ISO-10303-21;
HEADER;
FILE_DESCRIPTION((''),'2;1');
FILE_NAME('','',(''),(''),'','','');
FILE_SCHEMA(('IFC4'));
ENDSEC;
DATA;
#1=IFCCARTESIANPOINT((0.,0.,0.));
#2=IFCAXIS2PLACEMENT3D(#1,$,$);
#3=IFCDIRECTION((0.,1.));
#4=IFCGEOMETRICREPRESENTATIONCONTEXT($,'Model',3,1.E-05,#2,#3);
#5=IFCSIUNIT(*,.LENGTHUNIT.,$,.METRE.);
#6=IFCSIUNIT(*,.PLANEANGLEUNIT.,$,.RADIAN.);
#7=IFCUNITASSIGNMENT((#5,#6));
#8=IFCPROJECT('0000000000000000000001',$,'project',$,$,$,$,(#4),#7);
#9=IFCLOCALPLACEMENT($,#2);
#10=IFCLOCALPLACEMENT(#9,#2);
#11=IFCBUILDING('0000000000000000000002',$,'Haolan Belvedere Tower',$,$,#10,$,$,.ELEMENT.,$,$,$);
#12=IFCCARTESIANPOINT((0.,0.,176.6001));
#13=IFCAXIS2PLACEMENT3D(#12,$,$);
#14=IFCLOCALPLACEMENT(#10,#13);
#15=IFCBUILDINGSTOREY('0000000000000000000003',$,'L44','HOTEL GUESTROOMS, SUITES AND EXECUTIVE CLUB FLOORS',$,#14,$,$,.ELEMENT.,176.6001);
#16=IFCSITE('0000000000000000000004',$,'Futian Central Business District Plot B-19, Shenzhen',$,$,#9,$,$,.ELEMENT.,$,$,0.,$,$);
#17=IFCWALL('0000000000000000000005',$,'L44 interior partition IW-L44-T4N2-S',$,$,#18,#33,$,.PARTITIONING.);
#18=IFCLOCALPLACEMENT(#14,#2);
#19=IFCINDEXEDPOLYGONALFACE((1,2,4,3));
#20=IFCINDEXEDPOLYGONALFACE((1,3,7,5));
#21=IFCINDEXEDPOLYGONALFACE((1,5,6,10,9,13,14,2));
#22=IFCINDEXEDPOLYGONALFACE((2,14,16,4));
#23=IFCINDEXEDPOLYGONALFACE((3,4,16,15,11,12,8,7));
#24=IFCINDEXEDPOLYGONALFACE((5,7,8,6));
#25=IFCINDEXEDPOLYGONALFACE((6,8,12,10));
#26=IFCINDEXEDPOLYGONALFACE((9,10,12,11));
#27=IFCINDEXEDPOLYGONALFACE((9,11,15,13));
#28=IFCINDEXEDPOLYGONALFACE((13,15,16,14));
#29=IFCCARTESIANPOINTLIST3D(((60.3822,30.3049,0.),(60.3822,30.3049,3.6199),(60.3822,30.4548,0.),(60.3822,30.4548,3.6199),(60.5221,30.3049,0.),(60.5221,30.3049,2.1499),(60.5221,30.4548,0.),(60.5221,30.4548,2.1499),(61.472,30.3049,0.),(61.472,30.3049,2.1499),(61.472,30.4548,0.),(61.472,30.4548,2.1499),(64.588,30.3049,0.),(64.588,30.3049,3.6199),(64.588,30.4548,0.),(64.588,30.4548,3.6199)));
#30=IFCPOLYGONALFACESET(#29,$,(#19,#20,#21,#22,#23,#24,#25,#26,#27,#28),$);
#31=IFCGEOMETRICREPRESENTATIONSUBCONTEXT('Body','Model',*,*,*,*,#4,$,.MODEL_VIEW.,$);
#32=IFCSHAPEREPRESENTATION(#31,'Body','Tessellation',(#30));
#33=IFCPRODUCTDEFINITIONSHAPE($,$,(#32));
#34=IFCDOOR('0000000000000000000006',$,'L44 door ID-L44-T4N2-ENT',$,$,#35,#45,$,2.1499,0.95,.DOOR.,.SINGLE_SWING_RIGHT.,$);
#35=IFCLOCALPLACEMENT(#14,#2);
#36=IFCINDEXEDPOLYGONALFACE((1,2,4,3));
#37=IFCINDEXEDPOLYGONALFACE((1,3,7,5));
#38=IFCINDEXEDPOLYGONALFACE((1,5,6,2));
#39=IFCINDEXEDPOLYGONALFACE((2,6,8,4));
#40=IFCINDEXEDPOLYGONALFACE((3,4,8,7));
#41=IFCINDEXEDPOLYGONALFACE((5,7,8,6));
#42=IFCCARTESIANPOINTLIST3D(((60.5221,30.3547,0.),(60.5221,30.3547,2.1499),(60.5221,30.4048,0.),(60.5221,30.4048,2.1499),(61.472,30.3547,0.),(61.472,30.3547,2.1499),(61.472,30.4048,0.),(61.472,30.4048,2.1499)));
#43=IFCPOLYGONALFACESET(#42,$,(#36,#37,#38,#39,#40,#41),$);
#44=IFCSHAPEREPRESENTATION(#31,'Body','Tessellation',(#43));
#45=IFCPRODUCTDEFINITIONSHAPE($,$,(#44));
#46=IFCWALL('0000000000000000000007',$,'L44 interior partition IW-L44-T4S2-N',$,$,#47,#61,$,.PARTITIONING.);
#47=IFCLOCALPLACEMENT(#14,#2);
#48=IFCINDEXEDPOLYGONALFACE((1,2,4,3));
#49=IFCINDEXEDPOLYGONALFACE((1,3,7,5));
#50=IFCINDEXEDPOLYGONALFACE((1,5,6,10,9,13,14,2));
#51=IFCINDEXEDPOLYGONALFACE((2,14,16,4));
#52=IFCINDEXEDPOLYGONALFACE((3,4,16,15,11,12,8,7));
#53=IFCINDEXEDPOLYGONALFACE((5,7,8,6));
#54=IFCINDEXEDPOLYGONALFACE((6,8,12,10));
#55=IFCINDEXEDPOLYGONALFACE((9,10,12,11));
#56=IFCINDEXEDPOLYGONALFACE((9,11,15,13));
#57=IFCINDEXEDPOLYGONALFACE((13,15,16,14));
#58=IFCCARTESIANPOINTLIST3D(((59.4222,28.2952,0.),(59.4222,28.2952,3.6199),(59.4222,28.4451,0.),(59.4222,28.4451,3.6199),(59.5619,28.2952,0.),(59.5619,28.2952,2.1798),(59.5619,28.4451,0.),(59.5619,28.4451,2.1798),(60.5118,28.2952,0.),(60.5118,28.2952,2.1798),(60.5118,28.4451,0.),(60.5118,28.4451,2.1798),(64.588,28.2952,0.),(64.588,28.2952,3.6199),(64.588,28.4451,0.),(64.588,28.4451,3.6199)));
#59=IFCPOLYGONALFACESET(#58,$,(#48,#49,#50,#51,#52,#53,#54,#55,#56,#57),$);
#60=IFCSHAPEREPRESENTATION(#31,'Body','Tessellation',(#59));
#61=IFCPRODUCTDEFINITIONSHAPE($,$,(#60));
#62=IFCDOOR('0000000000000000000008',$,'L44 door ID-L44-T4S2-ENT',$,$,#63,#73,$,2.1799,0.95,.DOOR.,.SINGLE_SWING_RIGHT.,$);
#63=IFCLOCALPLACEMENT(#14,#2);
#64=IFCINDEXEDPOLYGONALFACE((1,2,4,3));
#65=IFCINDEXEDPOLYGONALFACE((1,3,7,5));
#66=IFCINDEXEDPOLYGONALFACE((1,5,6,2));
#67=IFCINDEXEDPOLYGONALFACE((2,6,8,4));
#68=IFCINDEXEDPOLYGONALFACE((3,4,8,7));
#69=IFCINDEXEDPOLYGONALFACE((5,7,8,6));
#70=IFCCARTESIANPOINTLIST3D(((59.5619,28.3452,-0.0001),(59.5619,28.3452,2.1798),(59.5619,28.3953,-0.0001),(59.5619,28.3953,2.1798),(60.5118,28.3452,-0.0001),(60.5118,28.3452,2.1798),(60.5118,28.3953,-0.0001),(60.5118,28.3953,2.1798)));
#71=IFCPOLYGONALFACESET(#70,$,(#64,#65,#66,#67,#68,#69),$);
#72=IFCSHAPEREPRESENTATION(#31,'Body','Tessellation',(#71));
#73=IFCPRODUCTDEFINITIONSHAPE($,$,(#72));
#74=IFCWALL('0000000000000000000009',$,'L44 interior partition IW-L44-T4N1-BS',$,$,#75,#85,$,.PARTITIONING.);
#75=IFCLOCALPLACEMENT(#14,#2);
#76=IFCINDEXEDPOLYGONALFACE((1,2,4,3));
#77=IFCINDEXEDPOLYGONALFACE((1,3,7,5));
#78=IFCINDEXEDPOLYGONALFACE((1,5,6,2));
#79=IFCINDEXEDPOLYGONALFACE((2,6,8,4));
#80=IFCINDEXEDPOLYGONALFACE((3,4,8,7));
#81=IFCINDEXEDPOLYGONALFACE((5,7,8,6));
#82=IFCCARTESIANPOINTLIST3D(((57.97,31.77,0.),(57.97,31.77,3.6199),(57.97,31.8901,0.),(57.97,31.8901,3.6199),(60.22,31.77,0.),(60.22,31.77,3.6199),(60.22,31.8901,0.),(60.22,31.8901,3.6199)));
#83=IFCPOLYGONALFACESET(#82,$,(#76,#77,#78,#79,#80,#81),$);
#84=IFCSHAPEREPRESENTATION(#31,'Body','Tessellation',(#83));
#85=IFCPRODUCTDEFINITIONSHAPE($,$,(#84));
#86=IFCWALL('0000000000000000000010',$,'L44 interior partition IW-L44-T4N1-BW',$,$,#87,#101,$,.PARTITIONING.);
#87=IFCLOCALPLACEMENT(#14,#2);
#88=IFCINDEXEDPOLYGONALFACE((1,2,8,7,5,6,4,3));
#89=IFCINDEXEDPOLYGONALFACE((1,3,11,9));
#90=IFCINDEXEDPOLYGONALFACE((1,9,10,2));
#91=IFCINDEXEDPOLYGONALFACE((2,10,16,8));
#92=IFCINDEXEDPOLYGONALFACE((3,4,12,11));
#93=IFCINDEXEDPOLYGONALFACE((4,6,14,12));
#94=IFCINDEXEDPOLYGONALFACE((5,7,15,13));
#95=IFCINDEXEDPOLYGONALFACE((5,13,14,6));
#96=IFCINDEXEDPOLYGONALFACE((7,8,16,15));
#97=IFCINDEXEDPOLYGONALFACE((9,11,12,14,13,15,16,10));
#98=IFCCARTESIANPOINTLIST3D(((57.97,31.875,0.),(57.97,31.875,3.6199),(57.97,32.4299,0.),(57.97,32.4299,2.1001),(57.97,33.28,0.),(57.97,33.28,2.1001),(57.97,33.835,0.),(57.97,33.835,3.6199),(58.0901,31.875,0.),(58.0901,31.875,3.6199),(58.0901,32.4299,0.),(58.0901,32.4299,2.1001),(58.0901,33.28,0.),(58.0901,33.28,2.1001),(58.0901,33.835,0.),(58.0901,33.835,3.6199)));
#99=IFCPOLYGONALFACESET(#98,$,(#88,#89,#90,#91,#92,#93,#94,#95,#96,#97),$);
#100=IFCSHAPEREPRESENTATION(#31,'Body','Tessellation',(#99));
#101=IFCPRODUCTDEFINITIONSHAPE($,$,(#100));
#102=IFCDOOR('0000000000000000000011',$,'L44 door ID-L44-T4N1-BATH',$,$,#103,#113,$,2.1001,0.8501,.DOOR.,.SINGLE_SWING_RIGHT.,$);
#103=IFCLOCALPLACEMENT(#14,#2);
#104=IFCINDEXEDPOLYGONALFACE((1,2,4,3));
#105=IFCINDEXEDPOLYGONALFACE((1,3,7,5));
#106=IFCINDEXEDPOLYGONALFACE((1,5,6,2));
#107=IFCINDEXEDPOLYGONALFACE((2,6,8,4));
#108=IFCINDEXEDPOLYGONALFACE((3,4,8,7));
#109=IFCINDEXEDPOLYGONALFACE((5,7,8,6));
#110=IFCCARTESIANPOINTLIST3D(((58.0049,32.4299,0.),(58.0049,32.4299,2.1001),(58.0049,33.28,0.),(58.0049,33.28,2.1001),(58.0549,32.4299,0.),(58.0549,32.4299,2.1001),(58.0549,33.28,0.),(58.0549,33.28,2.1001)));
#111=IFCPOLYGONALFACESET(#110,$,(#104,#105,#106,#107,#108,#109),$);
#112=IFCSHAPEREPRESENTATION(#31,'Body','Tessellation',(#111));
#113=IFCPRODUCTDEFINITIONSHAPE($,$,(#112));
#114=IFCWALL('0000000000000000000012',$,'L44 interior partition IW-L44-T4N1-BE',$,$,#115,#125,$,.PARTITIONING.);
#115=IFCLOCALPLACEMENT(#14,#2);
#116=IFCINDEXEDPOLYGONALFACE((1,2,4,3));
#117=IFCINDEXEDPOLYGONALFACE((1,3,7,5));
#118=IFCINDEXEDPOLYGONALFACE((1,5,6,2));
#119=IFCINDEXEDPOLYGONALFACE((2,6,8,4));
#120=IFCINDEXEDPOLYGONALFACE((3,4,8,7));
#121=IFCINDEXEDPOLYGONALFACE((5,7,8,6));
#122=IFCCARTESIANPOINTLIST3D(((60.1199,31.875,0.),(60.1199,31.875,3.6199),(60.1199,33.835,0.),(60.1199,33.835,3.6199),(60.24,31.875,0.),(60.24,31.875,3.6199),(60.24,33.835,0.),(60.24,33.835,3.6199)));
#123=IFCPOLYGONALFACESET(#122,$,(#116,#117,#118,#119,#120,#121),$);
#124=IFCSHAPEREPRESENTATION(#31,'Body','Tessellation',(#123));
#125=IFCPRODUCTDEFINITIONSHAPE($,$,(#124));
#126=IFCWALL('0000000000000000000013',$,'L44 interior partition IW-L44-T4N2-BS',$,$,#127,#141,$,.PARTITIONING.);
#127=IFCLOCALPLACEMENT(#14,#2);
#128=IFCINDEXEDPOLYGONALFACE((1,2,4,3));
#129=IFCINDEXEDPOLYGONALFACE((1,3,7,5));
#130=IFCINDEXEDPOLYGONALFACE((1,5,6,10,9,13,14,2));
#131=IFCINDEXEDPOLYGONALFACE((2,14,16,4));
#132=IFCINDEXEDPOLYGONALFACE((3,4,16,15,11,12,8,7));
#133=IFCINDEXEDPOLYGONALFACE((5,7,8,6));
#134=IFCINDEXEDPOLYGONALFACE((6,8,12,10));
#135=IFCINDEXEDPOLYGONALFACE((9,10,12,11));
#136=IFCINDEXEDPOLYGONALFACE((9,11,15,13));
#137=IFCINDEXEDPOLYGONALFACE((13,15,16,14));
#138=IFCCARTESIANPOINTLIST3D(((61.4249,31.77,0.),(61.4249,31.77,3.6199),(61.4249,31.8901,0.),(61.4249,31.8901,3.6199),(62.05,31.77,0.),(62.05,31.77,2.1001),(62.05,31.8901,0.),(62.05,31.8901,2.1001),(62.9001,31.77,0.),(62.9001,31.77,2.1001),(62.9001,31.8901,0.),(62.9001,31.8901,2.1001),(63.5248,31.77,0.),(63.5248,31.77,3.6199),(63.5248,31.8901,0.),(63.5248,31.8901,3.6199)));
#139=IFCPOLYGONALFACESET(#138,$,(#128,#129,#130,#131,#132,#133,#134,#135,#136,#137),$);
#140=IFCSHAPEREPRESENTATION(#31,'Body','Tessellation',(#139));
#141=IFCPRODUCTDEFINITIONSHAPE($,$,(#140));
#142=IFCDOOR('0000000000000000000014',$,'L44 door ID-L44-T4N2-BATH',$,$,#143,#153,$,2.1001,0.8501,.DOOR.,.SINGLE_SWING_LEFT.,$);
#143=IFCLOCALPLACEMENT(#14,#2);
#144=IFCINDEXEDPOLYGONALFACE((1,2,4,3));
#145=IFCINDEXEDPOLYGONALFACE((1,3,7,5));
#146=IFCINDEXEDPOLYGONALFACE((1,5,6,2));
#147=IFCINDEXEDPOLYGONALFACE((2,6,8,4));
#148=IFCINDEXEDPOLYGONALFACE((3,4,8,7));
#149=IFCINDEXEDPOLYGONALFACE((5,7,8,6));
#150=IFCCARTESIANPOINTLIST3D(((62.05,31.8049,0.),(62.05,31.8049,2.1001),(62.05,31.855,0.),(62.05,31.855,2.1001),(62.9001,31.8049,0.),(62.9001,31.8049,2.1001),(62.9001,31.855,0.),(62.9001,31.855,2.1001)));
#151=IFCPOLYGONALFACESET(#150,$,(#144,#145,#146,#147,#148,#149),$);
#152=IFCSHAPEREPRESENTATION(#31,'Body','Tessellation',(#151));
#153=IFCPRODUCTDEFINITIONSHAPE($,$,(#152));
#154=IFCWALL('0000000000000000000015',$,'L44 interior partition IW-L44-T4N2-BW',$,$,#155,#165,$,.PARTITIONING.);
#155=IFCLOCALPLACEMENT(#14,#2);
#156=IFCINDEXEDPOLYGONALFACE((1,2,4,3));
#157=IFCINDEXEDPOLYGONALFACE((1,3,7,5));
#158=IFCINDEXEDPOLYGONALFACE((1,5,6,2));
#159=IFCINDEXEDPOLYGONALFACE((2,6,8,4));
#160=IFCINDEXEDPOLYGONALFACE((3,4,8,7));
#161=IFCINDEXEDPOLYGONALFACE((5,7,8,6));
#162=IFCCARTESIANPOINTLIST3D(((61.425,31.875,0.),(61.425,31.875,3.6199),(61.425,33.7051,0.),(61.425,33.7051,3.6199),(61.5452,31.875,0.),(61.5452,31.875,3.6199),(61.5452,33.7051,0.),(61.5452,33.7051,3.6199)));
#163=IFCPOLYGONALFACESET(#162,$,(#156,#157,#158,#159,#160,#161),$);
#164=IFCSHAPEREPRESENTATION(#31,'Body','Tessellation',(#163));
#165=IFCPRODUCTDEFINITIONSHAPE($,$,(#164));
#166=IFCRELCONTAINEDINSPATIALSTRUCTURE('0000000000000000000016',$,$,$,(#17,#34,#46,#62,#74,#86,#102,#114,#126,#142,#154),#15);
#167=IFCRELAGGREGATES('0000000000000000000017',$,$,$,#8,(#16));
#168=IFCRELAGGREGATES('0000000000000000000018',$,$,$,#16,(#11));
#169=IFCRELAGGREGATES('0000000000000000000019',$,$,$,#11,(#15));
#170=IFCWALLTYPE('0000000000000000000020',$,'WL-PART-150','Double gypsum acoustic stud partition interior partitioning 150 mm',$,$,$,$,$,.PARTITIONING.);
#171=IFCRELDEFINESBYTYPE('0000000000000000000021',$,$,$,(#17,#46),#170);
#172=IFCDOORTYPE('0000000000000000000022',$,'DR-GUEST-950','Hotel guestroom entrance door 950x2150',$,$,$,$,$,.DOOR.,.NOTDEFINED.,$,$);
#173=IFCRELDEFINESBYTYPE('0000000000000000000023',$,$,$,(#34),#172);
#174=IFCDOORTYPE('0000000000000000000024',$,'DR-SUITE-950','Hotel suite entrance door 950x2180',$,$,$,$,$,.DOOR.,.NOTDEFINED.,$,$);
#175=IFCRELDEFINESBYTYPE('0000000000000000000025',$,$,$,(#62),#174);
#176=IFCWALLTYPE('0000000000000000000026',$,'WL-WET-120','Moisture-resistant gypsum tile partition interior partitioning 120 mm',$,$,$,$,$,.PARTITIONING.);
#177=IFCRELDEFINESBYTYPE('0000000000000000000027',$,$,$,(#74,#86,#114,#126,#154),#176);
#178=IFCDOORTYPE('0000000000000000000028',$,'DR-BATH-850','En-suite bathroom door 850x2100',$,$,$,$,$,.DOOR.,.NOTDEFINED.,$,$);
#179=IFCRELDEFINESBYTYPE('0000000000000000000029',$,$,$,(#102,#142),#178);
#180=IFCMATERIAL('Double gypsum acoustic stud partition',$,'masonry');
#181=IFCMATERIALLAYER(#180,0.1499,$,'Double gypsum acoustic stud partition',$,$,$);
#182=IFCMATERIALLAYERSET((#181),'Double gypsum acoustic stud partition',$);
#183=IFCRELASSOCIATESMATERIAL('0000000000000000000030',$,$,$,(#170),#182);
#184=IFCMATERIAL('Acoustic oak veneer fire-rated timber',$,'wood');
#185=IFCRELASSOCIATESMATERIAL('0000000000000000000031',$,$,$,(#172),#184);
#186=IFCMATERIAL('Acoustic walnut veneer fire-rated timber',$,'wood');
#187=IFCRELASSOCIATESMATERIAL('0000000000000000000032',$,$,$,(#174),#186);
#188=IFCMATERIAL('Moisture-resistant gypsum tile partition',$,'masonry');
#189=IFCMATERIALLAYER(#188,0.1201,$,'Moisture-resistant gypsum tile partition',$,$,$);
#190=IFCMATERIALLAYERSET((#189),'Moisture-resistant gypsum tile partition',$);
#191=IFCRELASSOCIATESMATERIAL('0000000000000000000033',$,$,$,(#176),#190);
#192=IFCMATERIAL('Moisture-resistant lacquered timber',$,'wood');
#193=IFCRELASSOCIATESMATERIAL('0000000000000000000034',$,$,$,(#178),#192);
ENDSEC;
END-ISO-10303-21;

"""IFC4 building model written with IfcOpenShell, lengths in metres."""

from ifc_helpers import new_model, si_unit, direction, frame, frame_2d, origin, place, context, subcontext, project, spatial, rectangle, extrude, material, layer, layer_set, type_object, element, fill, save


model = new_model("IFC4")

# Units and contexts
model_context = context("Model", 3, precision=1e-05, world=origin(), true_north=direction((0.0, 1.0)))
body_context = subcontext(model_context, "Body", "Model", "MODEL_VIEW")
ifc_project = project(units=[si_unit("LENGTHUNIT", "METRE"), si_unit("PLANEANGLEUNIT", "RADIAN")], contexts=[model_context])

# Site, building, storey
site_placement = place(None, origin())
site = spatial("IfcSite", under=ifc_project, at=site_placement, Name="Futian Central Business District Plot B-19, Shenzhen", CompositionType="ELEMENT", RefElevation=0.0)
building_placement = place(site_placement, origin())
building = spatial("IfcBuilding", under=site, at=building_placement, Name="Haolan Belvedere Tower", CompositionType="ELEMENT")
storey_placement = place(building_placement, frame((0.0, 0.0, 176.6001)))
storey = spatial("IfcBuildingStorey", under=building, at=storey_placement, Name="L44", Description="HOTEL GUESTROOMS, SUITES AND EXECUTIVE CLUB FLOORS", CompositionType="ELEMENT", Elevation=176.6001)

# Shared definitions
ifc_material_1 = material(Name="Double gypsum acoustic stud partition", Category="masonry")
ifc_layer_1 = layer(ifc_material_1, 0.1499, Name="Double gypsum acoustic stud partition")
ifc_layer_set_1 = layer_set([ifc_layer_1], Name="Double gypsum acoustic stud partition")
wall_type_1 = type_object("IfcWallType", Name="WL-PART-150", Description="Double gypsum acoustic stud partition interior partitioning 150 mm", PredefinedType="PARTITIONING", material=ifc_layer_set_1)

# Walls, openings, doors
wall_1_placement = place(storey_placement, frame((60.3821, 30.3799, 0.0), z_axis=(0.0, 0.0, 1.0), x_axis=(1.0, 0.0, 0.0)))
wall_1 = element("IfcWall", 1, at=wall_1_placement, inside=storey, type_object=wall_type_1, Name="L44 interior partition IW-L44-T4N2-S", PredefinedType="PARTITIONING", context=body_context, shape_type="SweptSolid", body=[
    extrude(rectangle(XDim=4.2058, YDim=0.1499, at=frame_2d((2.103, 0.0))), origin(), (0.0, 0.0, 1.0), 3.6199),
])
opening_1_placement = place(wall_1_placement, frame((0.1399, 0.0, 0.0)))
opening_1 = element("IfcOpeningElement", 2, at=opening_1_placement, cuts=wall_1, PredefinedType="OPENING", context=body_context, shape_type="SweptSolid", body=[
    extrude(rectangle(XDim=0.95, YDim=2.1499, at=frame_2d((0.4751, 1.075))), frame((0.0, 0.085, 0.0), z_axis=(0.0, -1.0, 0.0), x_axis=(1.0, 0.0, 0.0)), (0.0, 0.0, 1.0), 0.1699),
])
ifc_material_2 = material(Name="Acoustic oak veneer fire-rated timber", Category="wood")
door_type_1 = type_object("IfcDoorType", Name="DR-GUEST-950", Description="Hotel guestroom entrance door 950x2150", OperationType="NOTDEFINED", PredefinedType="DOOR", material=ifc_material_2)
door_1_placement = place(opening_1_placement, origin())
door_1 = element("IfcDoor", 3, at=door_1_placement, inside=storey, type_object=door_type_1, Name="L44 door ID-L44-T4N2-ENT", OperationType="SINGLE_SWING_RIGHT", OverallHeight=2.1499, OverallWidth=0.95, PredefinedType="DOOR", context=body_context, shape_type="SweptSolid", body=[
    extrude(rectangle(XDim=0.95, YDim=2.1499, at=frame_2d((0.4751, 1.075))), frame((0.0, 0.0249, 0.0), z_axis=(0.0, -1.0, 0.0), x_axis=(1.0, 0.0, 0.0)), (0.0, 0.0, 1.0), 0.05),
])
fill(opening_1, door_1)
wall_2_placement = place(storey_placement, frame((59.4221, 28.3701, 0.0), z_axis=(0.0, 0.0, 1.0), x_axis=(1.0, 0.0, 0.0)))
wall_2 = element("IfcWall", 4, at=wall_2_placement, inside=storey, type_object=wall_type_1, Name="L44 interior partition IW-L44-T4S2-N", PredefinedType="PARTITIONING", context=body_context, shape_type="SweptSolid", body=[
    extrude(rectangle(XDim=5.1658, YDim=0.1499, at=frame_2d((2.583, 0.0))), origin(), (0.0, 0.0, 1.0), 3.6199),
])
opening_2_placement = place(wall_2_placement, frame((1.0898, 0.0, 0.0), z_axis=(0.0, 0.0, 1.0), x_axis=(-1.0, 0.0, 0.0)))
opening_2 = element("IfcOpeningElement", 5, at=opening_2_placement, cuts=wall_2, PredefinedType="OPENING", context=body_context, shape_type="SweptSolid", body=[
    extrude(rectangle(XDim=0.95, YDim=2.1799, at=frame_2d((0.4751, 1.0898))), frame((0.0, 0.085, 0.0), z_axis=(0.0, -1.0, 0.0), x_axis=(1.0, 0.0, 0.0)), (0.0, 0.0, 1.0), 0.1699),
])
ifc_material_3 = material(Name="Acoustic walnut veneer fire-rated timber", Category="wood")
door_type_2 = type_object("IfcDoorType", Name="DR-SUITE-950", Description="Hotel suite entrance door 950x2180", OperationType="NOTDEFINED", PredefinedType="DOOR", material=ifc_material_3)
door_2_placement = place(opening_2_placement, origin())
door_2 = element("IfcDoor", 6, at=door_2_placement, inside=storey, type_object=door_type_2, Name="L44 door ID-L44-T4S2-ENT", OperationType="SINGLE_SWING_RIGHT", OverallHeight=2.1799, OverallWidth=0.95, PredefinedType="DOOR", context=body_context, shape_type="SweptSolid", body=[
    extrude(rectangle(XDim=0.95, YDim=2.1799, at=frame_2d((0.4751, 1.0898))), frame((0.0, 0.0249, 0.0), z_axis=(0.0, -1.0, 0.0), x_axis=(1.0, 0.0, 0.0)), (0.0, 0.0, 1.0), 0.05),
])
fill(opening_2, door_2)

# Wall
ifc_material_4 = material(Name="Moisture-resistant gypsum tile partition", Category="masonry")
ifc_layer_2 = layer(ifc_material_4, 0.1201, Name="Moisture-resistant gypsum tile partition")
ifc_layer_set_2 = layer_set([ifc_layer_2], Name="Moisture-resistant gypsum tile partition")
wall_type_2 = type_object("IfcWallType", Name="WL-WET-120", Description="Moisture-resistant gypsum tile partition interior partitioning 120 mm", PredefinedType="PARTITIONING", material=ifc_layer_set_2)
wall_3_placement = place(storey_placement, frame((57.97, 31.8301, 0.0), z_axis=(0.0, 0.0, 1.0), x_axis=(1.0, 0.0, 0.0)))
element("IfcWall", 7, at=wall_3_placement, inside=storey, type_object=wall_type_2, Name="L44 interior partition IW-L44-T4N1-BS", PredefinedType="PARTITIONING", context=body_context, shape_type="SweptSolid", body=[
    extrude(rectangle(XDim=2.25, YDim=0.1201, at=frame_2d((1.125, 0.0))), origin(), (0.0, 0.0, 1.0), 3.6199),
])

# Wall, opening, door
wall_4_placement = place(storey_placement, frame((58.03, 31.875, 0.0), z_axis=(0.0, 0.0, 1.0), x_axis=(0.0, 1.0, 0.0)))
wall_4 = element("IfcWall", 8, at=wall_4_placement, inside=storey, type_object=wall_type_2, Name="L44 interior partition IW-L44-T4N1-BW", PredefinedType="PARTITIONING", context=body_context, shape_type="SweptSolid", body=[
    extrude(rectangle(XDim=1.96, YDim=0.1201, at=frame_2d((0.98, 0.0))), origin(), (0.0, 0.0, 1.0), 3.6199),
])
opening_3_placement = place(wall_4_placement, frame((1.405, 0.0, 0.0), z_axis=(0.0, 0.0, 1.0), x_axis=(-1.0, 0.0, 0.0)))
opening_3 = element("IfcOpeningElement", 9, at=opening_3_placement, cuts=wall_4, PredefinedType="OPENING", context=body_context, shape_type="SweptSolid", body=[
    extrude(rectangle(XDim=0.8501, YDim=2.1001, at=frame_2d((0.425, 1.05))), frame((0.0, 0.0701, 0.0), z_axis=(0.0, -1.0, 0.0), x_axis=(1.0, 0.0, 0.0)), (0.0, 0.0, 1.0), 0.1401),
])
ifc_material_5 = material(Name="Moisture-resistant lacquered timber", Category="wood")
door_type_3 = type_object("IfcDoorType", Name="DR-BATH-850", Description="En-suite bathroom door 850x2100", OperationType="NOTDEFINED", PredefinedType="DOOR", material=ifc_material_5)
door_3_placement = place(opening_3_placement, origin())
door_3 = element("IfcDoor", 10, at=door_3_placement, inside=storey, type_object=door_type_3, Name="L44 door ID-L44-T4N1-BATH", OperationType="SINGLE_SWING_RIGHT", OverallHeight=2.1001, OverallWidth=0.8501, PredefinedType="DOOR", context=body_context, shape_type="SweptSolid", body=[
    extrude(rectangle(XDim=0.8501, YDim=2.1001, at=frame_2d((0.425, 1.05))), frame((0.0, 0.0249, 0.0), z_axis=(0.0, -1.0, 0.0), x_axis=(1.0, 0.0, 0.0)), (0.0, 0.0, 1.0), 0.05),
])
fill(opening_3, door_3)

# Wall
wall_5_placement = place(storey_placement, frame((60.1799, 31.875, 0.0), z_axis=(0.0, 0.0, 1.0), x_axis=(0.0, 1.0, 0.0)))
element("IfcWall", 11, at=wall_5_placement, inside=storey, type_object=wall_type_2, Name="L44 interior partition IW-L44-T4N1-BE", PredefinedType="PARTITIONING", context=body_context, shape_type="SweptSolid", body=[
    extrude(rectangle(XDim=1.96, YDim=0.1201, at=frame_2d((0.98, 0.0))), origin(), (0.0, 0.0, 1.0), 3.6199),
])

# Wall, opening, door
wall_6_placement = place(storey_placement, frame((61.425, 31.8301, 0.0), z_axis=(0.0, 0.0, 1.0), x_axis=(1.0, 0.0, 0.0)))
wall_6 = element("IfcWall", 12, at=wall_6_placement, inside=storey, type_object=wall_type_2, Name="L44 interior partition IW-L44-T4N2-BS", PredefinedType="PARTITIONING", context=body_context, shape_type="SweptSolid", body=[
    extrude(rectangle(XDim=2.0999, YDim=0.1201, at=frame_2d((1.0498, 0.0))), origin(), (0.0, 0.0, 1.0), 3.6199),
])
opening_4_placement = place(wall_6_placement, frame((0.625, 0.0, 0.0)))
opening_4 = element("IfcOpeningElement", 13, at=opening_4_placement, cuts=wall_6, PredefinedType="OPENING", context=body_context, shape_type="SweptSolid", body=[
    extrude(rectangle(XDim=0.8501, YDim=2.1001, at=frame_2d((0.425, 1.05))), frame((0.0, 0.0701, 0.0), z_axis=(0.0, -1.0, 0.0), x_axis=(1.0, 0.0, 0.0)), (0.0, 0.0, 1.0), 0.1401),
])
door_4_placement = place(opening_4_placement, origin())
door_4 = element("IfcDoor", 14, at=door_4_placement, inside=storey, type_object=door_type_3, Name="L44 door ID-L44-T4N2-BATH", OperationType="SINGLE_SWING_LEFT", OverallHeight=2.1001, OverallWidth=0.8501, PredefinedType="DOOR", context=body_context, shape_type="SweptSolid", body=[
    extrude(rectangle(XDim=0.8501, YDim=2.1001, at=frame_2d((0.425, 1.05))), frame((0.0, 0.0249, 0.0), z_axis=(0.0, -1.0, 0.0), x_axis=(1.0, 0.0, 0.0)), (0.0, 0.0, 1.0), 0.05),
])
fill(opening_4, door_4)

# Wall
for number, where, z_axis, x_axis, name in (
    (15, (61.4851, 31.875, 0.0), (0.0, 0.0, 1.0), (0.0, 1.0, 0.0), "L44 interior partition IW-L44-T4N2-BW"),
):
    element("IfcWall", number, at=place(storey_placement, frame(where, z_axis=z_axis, x_axis=x_axis)), inside=storey, type_object=wall_type_2, Name=name, PredefinedType="PARTITIONING", context=body_context, shape_type="SweptSolid", body=[
        extrude(rectangle(XDim=1.8301, YDim=0.1201, at=frame_2d((0.915, 0.0))), origin(), (0.0, 0.0, 1.0), 3.6199),
    ])

save(model, "model.ifc")
